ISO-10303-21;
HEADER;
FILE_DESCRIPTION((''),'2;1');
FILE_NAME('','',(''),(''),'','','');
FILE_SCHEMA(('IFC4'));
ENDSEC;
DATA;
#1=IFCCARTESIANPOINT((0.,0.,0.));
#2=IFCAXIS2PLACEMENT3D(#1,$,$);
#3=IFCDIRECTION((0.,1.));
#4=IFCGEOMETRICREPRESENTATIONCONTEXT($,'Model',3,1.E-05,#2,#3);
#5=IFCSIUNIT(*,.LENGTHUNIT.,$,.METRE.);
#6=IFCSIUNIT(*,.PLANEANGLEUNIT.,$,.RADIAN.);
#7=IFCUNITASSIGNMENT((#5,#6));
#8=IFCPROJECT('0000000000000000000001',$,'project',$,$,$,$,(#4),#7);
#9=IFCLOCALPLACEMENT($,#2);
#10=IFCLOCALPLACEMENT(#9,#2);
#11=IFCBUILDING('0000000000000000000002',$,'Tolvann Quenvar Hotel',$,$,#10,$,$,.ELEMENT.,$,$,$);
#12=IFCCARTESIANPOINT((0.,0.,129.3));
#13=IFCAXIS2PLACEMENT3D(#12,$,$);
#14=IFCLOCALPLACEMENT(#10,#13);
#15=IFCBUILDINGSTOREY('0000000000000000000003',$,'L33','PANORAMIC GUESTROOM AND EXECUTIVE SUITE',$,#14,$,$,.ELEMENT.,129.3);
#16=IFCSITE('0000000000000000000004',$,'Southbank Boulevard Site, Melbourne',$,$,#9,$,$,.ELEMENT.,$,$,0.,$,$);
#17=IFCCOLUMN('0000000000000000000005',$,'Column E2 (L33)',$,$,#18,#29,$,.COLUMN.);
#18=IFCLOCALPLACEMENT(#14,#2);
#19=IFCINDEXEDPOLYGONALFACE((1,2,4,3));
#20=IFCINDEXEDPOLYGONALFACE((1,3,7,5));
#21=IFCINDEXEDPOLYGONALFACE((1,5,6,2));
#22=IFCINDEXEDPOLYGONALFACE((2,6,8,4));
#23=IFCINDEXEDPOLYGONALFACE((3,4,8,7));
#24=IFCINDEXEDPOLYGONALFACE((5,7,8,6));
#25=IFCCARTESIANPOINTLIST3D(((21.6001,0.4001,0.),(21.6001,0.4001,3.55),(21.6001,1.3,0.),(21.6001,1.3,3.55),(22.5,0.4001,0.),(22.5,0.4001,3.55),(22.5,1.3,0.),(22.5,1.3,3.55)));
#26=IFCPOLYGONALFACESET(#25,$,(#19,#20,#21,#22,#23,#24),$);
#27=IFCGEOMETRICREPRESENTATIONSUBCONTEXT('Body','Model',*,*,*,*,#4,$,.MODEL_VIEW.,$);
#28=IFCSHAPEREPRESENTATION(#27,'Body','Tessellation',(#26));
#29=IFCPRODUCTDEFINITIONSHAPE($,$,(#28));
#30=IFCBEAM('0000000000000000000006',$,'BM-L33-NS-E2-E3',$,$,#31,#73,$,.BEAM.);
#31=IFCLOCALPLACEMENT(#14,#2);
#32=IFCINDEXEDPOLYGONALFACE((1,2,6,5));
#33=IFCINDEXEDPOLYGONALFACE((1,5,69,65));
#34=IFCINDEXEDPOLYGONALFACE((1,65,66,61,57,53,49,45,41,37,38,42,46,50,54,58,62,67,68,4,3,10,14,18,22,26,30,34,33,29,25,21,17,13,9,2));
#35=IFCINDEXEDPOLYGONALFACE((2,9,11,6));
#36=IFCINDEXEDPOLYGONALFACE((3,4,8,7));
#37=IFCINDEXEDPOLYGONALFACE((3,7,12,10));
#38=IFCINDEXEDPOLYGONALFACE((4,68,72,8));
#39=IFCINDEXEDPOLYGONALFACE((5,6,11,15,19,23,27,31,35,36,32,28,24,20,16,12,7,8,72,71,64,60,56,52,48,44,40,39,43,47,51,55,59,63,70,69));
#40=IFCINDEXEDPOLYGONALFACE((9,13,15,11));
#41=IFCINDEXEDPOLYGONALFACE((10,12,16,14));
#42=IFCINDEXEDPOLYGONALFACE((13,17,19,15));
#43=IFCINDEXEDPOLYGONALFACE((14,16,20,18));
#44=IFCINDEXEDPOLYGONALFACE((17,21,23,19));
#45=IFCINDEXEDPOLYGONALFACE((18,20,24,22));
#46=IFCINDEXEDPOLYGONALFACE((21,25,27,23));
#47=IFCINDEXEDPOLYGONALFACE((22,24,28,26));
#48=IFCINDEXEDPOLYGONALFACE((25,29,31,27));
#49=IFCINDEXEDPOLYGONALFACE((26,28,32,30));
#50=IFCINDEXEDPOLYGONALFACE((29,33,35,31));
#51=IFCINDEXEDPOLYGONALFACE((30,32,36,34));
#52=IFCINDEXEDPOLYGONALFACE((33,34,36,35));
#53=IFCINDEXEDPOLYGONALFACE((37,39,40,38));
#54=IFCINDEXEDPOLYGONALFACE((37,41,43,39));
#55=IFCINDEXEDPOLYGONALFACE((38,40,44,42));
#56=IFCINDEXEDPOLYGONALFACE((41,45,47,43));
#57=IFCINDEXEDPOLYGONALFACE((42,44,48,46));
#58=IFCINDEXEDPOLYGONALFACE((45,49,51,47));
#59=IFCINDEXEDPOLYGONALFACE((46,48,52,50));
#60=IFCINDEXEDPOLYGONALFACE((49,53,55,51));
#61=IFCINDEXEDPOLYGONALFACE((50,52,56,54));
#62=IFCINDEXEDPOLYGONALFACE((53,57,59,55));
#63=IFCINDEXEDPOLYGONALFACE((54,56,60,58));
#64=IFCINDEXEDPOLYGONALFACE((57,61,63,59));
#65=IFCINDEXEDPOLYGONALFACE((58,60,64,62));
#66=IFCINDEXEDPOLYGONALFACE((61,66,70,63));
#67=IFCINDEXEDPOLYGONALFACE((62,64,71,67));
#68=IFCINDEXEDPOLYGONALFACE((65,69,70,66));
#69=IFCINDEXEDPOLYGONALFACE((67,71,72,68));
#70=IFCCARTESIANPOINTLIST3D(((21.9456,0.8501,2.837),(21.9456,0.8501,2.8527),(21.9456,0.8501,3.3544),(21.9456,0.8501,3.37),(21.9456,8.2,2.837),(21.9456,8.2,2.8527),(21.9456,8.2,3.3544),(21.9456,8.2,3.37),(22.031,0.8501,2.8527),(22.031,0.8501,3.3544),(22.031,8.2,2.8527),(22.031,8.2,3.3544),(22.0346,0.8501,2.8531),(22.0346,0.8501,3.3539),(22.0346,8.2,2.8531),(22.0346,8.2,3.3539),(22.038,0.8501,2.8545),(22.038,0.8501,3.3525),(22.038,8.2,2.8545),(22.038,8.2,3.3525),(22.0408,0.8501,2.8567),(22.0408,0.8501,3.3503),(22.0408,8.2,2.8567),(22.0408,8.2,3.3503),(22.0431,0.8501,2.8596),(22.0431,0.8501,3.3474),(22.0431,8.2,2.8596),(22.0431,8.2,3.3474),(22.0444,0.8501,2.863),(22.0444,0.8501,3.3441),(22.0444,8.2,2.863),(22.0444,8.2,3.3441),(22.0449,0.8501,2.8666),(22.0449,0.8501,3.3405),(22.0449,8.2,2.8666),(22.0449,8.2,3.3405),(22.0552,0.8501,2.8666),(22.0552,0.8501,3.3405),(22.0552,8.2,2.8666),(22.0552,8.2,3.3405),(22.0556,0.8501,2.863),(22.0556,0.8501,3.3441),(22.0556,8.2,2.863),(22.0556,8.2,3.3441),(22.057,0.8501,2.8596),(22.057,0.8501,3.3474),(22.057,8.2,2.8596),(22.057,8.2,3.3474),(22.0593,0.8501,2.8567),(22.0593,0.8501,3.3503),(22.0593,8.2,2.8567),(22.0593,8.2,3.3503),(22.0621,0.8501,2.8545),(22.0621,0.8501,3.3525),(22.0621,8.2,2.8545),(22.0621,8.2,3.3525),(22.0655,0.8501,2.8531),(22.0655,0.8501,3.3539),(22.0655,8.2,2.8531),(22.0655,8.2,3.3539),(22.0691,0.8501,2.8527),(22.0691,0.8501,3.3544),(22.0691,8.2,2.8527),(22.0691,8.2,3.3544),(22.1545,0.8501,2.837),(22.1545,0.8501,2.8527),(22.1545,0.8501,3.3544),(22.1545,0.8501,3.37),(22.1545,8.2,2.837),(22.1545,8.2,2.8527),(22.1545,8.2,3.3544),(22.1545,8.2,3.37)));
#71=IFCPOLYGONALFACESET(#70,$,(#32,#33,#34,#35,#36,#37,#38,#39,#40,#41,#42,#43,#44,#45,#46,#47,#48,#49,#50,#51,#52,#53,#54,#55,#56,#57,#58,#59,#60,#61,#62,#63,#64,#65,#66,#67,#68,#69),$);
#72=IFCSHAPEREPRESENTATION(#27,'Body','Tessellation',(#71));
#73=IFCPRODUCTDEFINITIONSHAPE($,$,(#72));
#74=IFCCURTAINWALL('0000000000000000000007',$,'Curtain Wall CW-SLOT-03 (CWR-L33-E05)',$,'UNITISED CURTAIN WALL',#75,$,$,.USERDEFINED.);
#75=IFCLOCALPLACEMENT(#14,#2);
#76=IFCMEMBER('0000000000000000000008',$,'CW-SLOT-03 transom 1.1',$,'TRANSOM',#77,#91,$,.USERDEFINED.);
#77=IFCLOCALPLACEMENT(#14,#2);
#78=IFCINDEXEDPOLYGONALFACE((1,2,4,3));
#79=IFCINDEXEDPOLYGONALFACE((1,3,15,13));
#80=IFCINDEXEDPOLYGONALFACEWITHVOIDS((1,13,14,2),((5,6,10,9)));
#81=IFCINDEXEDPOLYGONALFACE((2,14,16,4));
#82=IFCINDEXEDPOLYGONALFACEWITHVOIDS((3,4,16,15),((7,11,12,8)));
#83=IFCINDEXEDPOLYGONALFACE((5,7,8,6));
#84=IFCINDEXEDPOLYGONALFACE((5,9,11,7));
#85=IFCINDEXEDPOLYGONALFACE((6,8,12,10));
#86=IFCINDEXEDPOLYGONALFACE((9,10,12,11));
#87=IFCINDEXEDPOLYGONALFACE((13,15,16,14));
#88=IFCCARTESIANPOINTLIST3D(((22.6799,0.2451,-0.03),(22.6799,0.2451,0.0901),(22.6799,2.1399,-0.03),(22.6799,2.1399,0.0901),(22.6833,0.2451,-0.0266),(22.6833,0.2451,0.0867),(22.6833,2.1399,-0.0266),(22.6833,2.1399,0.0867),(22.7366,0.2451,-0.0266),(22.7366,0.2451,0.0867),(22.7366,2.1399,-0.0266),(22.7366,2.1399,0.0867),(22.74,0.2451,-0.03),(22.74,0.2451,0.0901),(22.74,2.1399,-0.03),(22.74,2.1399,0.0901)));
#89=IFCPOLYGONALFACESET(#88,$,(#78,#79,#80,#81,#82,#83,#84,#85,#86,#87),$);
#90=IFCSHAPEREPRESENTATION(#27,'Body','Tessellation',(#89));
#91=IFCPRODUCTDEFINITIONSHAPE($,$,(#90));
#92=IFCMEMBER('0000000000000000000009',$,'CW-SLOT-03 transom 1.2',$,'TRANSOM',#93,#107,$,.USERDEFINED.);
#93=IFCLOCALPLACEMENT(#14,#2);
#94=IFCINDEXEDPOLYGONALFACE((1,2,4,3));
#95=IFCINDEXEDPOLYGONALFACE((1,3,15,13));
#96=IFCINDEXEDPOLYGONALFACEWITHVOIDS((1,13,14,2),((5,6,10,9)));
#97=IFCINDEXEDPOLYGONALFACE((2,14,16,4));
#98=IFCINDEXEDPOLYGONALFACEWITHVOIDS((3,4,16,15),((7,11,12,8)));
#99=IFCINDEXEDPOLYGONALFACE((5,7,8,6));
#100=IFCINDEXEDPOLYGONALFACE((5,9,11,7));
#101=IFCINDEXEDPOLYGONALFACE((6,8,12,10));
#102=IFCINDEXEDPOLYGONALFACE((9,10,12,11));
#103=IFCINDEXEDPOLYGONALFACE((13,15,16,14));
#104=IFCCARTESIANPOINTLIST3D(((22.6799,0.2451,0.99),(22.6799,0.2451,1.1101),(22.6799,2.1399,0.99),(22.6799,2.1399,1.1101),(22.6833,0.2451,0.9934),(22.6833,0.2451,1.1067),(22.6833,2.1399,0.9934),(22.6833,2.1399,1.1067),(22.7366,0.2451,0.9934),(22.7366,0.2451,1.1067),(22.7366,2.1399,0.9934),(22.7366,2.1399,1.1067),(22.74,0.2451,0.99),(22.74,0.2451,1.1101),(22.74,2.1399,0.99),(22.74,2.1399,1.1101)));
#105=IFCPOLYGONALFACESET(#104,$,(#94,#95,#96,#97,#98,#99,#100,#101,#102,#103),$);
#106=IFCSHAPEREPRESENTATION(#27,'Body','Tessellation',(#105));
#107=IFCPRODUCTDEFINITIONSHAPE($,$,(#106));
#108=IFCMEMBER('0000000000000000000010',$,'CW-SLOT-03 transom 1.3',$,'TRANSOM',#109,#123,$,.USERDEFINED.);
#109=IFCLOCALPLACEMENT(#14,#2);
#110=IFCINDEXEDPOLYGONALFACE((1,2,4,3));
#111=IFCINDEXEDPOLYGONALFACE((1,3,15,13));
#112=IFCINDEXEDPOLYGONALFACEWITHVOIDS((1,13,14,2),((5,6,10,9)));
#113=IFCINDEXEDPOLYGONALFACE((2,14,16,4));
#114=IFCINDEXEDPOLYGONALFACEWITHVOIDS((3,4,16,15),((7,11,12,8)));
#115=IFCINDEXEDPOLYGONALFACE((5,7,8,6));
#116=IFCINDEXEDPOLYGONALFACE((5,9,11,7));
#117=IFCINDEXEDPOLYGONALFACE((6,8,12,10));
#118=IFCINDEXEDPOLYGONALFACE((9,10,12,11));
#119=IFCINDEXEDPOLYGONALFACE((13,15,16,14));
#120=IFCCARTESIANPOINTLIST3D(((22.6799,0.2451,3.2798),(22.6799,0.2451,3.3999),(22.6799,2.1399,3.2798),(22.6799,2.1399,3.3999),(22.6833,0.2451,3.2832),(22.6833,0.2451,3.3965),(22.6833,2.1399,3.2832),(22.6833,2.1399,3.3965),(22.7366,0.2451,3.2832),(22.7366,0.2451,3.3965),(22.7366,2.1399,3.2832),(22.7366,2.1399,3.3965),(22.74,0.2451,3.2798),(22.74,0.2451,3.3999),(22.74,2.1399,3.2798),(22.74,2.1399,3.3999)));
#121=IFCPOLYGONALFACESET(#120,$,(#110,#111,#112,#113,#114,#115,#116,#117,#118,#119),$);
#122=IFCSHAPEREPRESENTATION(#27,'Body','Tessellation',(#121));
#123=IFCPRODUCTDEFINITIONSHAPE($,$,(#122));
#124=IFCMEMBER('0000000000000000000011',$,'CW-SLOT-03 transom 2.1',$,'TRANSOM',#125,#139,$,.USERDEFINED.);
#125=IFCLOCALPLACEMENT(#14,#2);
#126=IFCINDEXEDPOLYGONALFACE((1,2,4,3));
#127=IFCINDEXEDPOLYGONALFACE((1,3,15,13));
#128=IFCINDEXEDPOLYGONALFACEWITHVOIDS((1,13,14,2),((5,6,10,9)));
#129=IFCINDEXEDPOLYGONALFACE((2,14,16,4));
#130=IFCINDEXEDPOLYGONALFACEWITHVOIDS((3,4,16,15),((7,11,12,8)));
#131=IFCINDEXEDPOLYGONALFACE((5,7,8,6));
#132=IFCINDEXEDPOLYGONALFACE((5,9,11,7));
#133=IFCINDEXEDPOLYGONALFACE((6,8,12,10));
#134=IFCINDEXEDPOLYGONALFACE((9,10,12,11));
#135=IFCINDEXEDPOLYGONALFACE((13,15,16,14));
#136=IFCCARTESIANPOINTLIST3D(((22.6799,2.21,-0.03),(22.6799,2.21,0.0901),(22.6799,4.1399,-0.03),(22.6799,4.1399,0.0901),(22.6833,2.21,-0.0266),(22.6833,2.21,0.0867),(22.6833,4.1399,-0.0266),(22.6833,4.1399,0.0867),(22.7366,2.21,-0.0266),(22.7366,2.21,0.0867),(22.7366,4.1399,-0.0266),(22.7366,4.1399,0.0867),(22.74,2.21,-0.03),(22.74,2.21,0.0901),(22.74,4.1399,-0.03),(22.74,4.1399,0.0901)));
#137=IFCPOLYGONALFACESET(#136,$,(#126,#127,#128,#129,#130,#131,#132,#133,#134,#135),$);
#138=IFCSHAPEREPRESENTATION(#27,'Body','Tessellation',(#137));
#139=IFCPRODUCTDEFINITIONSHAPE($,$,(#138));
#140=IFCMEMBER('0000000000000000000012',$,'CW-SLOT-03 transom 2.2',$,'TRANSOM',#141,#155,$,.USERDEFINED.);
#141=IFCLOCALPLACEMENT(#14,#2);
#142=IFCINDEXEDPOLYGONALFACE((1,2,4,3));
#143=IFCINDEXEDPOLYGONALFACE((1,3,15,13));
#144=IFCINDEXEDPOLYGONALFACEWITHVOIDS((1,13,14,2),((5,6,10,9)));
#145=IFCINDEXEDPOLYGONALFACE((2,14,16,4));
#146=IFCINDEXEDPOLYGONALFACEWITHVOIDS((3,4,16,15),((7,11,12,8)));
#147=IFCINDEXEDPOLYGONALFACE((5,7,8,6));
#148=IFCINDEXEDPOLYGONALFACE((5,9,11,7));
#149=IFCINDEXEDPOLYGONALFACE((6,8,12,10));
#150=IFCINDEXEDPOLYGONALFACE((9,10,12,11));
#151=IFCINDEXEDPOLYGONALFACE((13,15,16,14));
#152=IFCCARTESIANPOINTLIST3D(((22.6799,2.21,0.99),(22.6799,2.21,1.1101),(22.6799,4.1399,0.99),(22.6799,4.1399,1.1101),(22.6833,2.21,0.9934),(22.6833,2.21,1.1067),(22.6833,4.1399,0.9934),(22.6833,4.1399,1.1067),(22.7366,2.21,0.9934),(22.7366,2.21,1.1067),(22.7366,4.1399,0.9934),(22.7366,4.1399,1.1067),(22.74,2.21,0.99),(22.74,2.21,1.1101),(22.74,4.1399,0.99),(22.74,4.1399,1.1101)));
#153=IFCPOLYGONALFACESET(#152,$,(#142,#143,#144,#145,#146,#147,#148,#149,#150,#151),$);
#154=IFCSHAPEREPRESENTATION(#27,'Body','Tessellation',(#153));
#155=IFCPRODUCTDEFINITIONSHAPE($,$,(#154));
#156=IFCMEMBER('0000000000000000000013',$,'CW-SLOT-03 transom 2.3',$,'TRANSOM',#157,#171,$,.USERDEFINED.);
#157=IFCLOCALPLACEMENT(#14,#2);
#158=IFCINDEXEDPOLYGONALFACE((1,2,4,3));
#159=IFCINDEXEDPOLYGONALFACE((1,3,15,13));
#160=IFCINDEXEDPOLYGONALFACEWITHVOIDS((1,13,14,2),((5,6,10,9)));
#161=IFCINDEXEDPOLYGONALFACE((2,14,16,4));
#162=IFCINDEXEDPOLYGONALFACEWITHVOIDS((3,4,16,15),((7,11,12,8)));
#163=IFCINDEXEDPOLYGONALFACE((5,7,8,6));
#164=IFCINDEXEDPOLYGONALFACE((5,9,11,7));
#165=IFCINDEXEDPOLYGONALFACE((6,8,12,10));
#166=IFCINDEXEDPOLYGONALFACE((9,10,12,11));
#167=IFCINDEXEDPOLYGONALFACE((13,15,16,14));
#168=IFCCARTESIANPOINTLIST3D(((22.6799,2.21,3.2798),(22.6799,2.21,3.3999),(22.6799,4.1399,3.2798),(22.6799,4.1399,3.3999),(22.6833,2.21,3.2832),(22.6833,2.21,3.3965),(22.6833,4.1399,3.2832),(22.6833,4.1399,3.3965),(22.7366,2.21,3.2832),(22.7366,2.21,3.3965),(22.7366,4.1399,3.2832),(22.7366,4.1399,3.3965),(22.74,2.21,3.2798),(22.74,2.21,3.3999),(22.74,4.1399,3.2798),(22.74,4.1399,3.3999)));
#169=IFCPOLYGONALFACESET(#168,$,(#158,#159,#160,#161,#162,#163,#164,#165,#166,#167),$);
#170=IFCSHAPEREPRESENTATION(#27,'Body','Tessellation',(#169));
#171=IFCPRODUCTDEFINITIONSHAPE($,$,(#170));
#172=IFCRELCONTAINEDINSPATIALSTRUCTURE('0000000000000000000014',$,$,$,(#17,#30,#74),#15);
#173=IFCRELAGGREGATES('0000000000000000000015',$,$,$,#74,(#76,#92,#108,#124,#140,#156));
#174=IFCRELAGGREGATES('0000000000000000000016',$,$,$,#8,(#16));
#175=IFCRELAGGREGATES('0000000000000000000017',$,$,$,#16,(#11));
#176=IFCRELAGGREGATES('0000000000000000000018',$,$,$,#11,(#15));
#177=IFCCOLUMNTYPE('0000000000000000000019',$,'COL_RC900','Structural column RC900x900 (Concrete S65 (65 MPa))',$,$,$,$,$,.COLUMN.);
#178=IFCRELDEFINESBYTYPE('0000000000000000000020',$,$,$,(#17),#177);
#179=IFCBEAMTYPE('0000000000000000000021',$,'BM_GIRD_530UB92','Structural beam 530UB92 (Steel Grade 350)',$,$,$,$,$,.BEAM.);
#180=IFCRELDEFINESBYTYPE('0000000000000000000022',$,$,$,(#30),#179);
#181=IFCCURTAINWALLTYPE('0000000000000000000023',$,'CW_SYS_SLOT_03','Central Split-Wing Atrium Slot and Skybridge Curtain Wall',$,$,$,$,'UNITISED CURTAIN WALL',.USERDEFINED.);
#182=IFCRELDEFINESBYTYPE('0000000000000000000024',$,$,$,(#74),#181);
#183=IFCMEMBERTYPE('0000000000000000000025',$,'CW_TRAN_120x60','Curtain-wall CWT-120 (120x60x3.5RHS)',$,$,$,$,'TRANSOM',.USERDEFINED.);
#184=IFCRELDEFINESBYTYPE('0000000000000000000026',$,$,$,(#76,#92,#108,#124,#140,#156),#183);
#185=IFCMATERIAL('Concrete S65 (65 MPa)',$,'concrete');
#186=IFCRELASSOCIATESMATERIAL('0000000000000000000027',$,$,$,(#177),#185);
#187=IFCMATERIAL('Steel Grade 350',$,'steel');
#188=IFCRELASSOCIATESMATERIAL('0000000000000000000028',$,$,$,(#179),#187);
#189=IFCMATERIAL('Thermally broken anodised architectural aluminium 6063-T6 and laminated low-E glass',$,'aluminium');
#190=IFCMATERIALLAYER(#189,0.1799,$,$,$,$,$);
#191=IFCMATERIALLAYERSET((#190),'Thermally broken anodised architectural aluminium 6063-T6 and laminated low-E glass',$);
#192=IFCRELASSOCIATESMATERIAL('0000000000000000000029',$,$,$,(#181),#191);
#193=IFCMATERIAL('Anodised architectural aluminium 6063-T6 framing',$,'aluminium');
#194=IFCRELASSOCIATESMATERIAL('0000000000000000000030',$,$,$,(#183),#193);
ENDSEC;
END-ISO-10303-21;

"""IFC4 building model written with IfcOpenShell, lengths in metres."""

from ifc_helpers import new_model, si_unit, direction, frame, origin, origin_2d, place, context, subcontext, project, spatial, rectangle, hollow_rectangle, i_section, extrude, source, transform, mapped, material, layer, layer_set, material_profile, profile_set, type_object, type_shapes, element, aggregate, save


model = new_model("IFC4")

# Units and contexts
model_context = context("Model", 3, precision=1e-05, world=origin(), true_north=direction((0.0, 1.0)))
body_context = subcontext(model_context, "Body", "Model", "MODEL_VIEW")
ifc_project = project(units=[si_unit("LENGTHUNIT", "METRE"), si_unit("PLANEANGLEUNIT", "RADIAN")], contexts=[model_context])

# Site, building, storey
site_placement = place(None, origin())
site = spatial("IfcSite", under=ifc_project, at=site_placement, Name="Southbank Boulevard Site, Melbourne", CompositionType="ELEMENT", RefElevation=0.0)
building_placement = place(site_placement, origin())
building = spatial("IfcBuilding", under=site, at=building_placement, Name="Tolvann Quenvar Hotel", CompositionType="ELEMENT")
storey_placement = place(building_placement, frame((0.0, 0.0, 129.3)))
storey = spatial("IfcBuildingStorey", under=building, at=storey_placement, Name="L33", Description="PANORAMIC GUESTROOM AND EXECUTIVE SUITE", CompositionType="ELEMENT", Elevation=129.3)

# Column
ifc_material_1 = material(Name="Concrete S65 (65 MPa)", Category="concrete")
ifc_material_profile_1 = material_profile(ifc_material_1, rectangle(XDim=0.8999, YDim=0.8999, at=origin_2d()), Name="RC900x900")
ifc_profile_set_1 = profile_set([ifc_material_profile_1], Name="Concrete S65 (65 MPa)")
column_type = type_object("IfcColumnType", Name="COL_RC900", Description="Structural column RC900x900 (Concrete S65 (65 MPa))", PredefinedType="COLUMN", material=ifc_profile_set_1)
shared_shape_1 = source(origin(), body_context, "Body", "SweptSolid", [
    extrude(rectangle(XDim=0.8999, YDim=0.8999, at=origin_2d()), origin(), (0.0, 0.0, 1.0), 3.55),
])
type_shapes(column_type, [shared_shape_1])
column_placement = place(storey_placement, frame((22.05, 0.8501, 0.0), z_axis=(0.0, 0.0, 1.0), x_axis=(1.0, 0.0, 0.0)))
element("IfcColumn", 1, at=column_placement, inside=storey, type_object=column_type, Name="Column E2 (L33)", PredefinedType="COLUMN", context=body_context, shape_type="MappedRepresentation", body=[
    mapped(shared_shape_1, transform((0.0, 0.0, 0.0), x_axis=(1.0, 0.0, 0.0), y_axis=(0.0, 1.0, 0.0), z_axis=(0.0, 0.0, 1.0), scale=1.0)),
])

# Beam
ifc_material_2 = material(Name="Steel Grade 350", Category="steel")
ifc_material_profile_2 = material_profile(ifc_material_2, i_section(OverallWidth=0.209, OverallDepth=0.533, WebThickness=0.0103, FlangeThickness=0.0156, FilletRadius=0.0139, at=origin_2d()), Name="530UB92")
ifc_profile_set_2 = profile_set([ifc_material_profile_2], Name="Steel Grade 350")
beam_type = type_object("IfcBeamType", Name="BM_GIRD_530UB92", Description="Structural beam 530UB92 (Steel Grade 350)", PredefinedType="BEAM", material=ifc_profile_set_2)
shared_shape_2 = source(origin(), body_context, "Body", "SweptSolid", [
    extrude(i_section(OverallWidth=0.209, OverallDepth=0.533, WebThickness=0.0103, FlangeThickness=0.0156, FilletRadius=0.0139, at=origin_2d()), origin(), (0.0, 0.0, 1.0), 7.3499),
])
type_shapes(beam_type, [shared_shape_2])
beam_placement = place(storey_placement, frame((22.05, 0.8501, 3.1035), z_axis=(0.0, 1.0, 0.0), x_axis=(-1.0, 0.0, 0.0)))
element("IfcBeam", 2, at=beam_placement, inside=storey, type_object=beam_type, Name="BM-L33-NS-E2-E3", PredefinedType="BEAM", context=body_context, shape_type="MappedRepresentation", body=[
    mapped(shared_shape_2, transform((0.0, 0.0, 0.0), x_axis=(1.0, 0.0, 0.0), y_axis=(0.0, 1.0, 0.0), z_axis=(0.0, 0.0, 1.0), scale=1.0)),
])

# Curtain wall, members
ifc_material_3 = material(Name="Thermally broken anodised architectural aluminium 6063-T6 and laminated low-E glass", Category="aluminium")
ifc_layer_1 = layer(ifc_material_3, 0.1799)
ifc_layer_set_1 = layer_set([ifc_layer_1], Name="Thermally broken anodised architectural aluminium 6063-T6 and laminated low-E glass")
curtain_wall_type = type_object("IfcCurtainWallType", Name="CW_SYS_SLOT_03", Description="Central Split-Wing Atrium Slot and Skybridge Curtain Wall", ElementType="UNITISED CURTAIN WALL", PredefinedType="USERDEFINED", material=ifc_layer_set_1)
curtain_wall_placement = place(storey_placement, origin())
curtain_wall = element("IfcCurtainWall", 3, at=curtain_wall_placement, inside=storey, type_object=curtain_wall_type, Name="Curtain Wall CW-SLOT-03 (CWR-L33-E05)", ObjectType="UNITISED CURTAIN WALL", PredefinedType="USERDEFINED")
ifc_material_4 = material(Name="Anodised architectural aluminium 6063-T6 framing", Category="aluminium")
ifc_material_profile_3 = material_profile(ifc_material_4, hollow_rectangle(XDim=0.0601, YDim=0.1201, WallThickness=0.0034, at=origin_2d()), Name="120x60x3.5RHS")
ifc_profile_set_3 = profile_set([ifc_material_profile_3], Name="Anodised architectural aluminium 6063-T6 framing")
member_type_1 = type_object("IfcMemberType", Name="CW_TRAN_120x60", Description="Curtain-wall CWT-120 (120x60x3.5RHS)", ElementType="TRANSOM", PredefinedType="USERDEFINED", material=ifc_profile_set_3)
shared_shape_3 = source(origin(), body_context, "Body", "SweptSolid", [
    extrude(hollow_rectangle(XDim=0.0601, YDim=0.1201, WallThickness=0.0034, at=origin_2d()), origin(), (0.0, 0.0, 1.0), 1.8948),
])
member_1_placement = place(storey_placement, frame((22.71, 0.2451, 0.03), z_axis=(0.0, 1.0, 0.0), x_axis=(-1.0, 0.0, 0.0)))
member_1 = element("IfcMember", 4, at=member_1_placement, type_object=member_type_1, Name="CW-SLOT-03 transom 1.1", ObjectType="TRANSOM", PredefinedType="USERDEFINED", context=body_context, shape_type="MappedRepresentation", body=[
    mapped(shared_shape_3, transform((0.0, 0.0, 0.0), x_axis=(1.0, 0.0, 0.0), y_axis=(0.0, 1.0, 0.0), z_axis=(0.0, 0.0, 1.0), scale=1.0)),
])
member_2_placement = place(storey_placement, frame((22.71, 0.2451, 1.05), z_axis=(0.0, 1.0, 0.0), x_axis=(-1.0, 0.0, 0.0)))
member_2 = element("IfcMember", 5, at=member_2_placement, type_object=member_type_1, Name="CW-SLOT-03 transom 1.2", ObjectType="TRANSOM", PredefinedType="USERDEFINED", context=body_context, shape_type="MappedRepresentation", body=[
    mapped(shared_shape_3, transform((0.0, 0.0, 0.0), x_axis=(1.0, 0.0, 0.0), y_axis=(0.0, 1.0, 0.0), z_axis=(0.0, 0.0, 1.0), scale=1.0)),
])
member_3_placement = place(storey_placement, frame((22.71, 0.2451, 3.3398), z_axis=(0.0, 1.0, 0.0), x_axis=(-1.0, 0.0, 0.0)))
member_3 = element("IfcMember", 6, at=member_3_placement, type_object=member_type_1, Name="CW-SLOT-03 transom 1.3", ObjectType="TRANSOM", PredefinedType="USERDEFINED", context=body_context, shape_type="MappedRepresentation", body=[
    mapped(shared_shape_3, transform((0.0, 0.0, 0.0), x_axis=(1.0, 0.0, 0.0), y_axis=(0.0, 1.0, 0.0), z_axis=(0.0, 0.0, 1.0), scale=1.0)),
])
shared_shape_4 = source(origin(), body_context, "Body", "SweptSolid", [
    extrude(hollow_rectangle(XDim=0.0601, YDim=0.1201, WallThickness=0.0034, at=origin_2d()), origin(), (0.0, 0.0, 1.0), 1.9299),
])
type_shapes(member_type_1, [shared_shape_3, shared_shape_4])
member_4_placement = place(storey_placement, frame((22.71, 2.21, 0.03), z_axis=(0.0, 1.0, 0.0), x_axis=(-1.0, 0.0, 0.0)))
member_4 = element("IfcMember", 7, at=member_4_placement, type_object=member_type_1, Name="CW-SLOT-03 transom 2.1", ObjectType="TRANSOM", PredefinedType="USERDEFINED", context=body_context, shape_type="MappedRepresentation", body=[
    mapped(shared_shape_4, transform((0.0, 0.0, 0.0), x_axis=(1.0, 0.0, 0.0), y_axis=(0.0, 1.0, 0.0), z_axis=(0.0, 0.0, 1.0), scale=1.0)),
])
member_5_placement = place(storey_placement, frame((22.71, 2.21, 1.05), z_axis=(0.0, 1.0, 0.0), x_axis=(-1.0, 0.0, 0.0)))
member_5 = element("IfcMember", 8, at=member_5_placement, type_object=member_type_1, Name="CW-SLOT-03 transom 2.2", ObjectType="TRANSOM", PredefinedType="USERDEFINED", context=body_context, shape_type="MappedRepresentation", body=[
    mapped(shared_shape_4, transform((0.0, 0.0, 0.0), x_axis=(1.0, 0.0, 0.0), y_axis=(0.0, 1.0, 0.0), z_axis=(0.0, 0.0, 1.0), scale=1.0)),
])
member_6_placement = place(storey_placement, frame((22.71, 2.21, 3.3398), z_axis=(0.0, 1.0, 0.0), x_axis=(-1.0, 0.0, 0.0)))
member_6 = element("IfcMember", 9, at=member_6_placement, type_object=member_type_1, Name="CW-SLOT-03 transom 2.3", ObjectType="TRANSOM", PredefinedType="USERDEFINED", context=body_context, shape_type="MappedRepresentation", body=[
    mapped(shared_shape_4, transform((0.0, 0.0, 0.0), x_axis=(1.0, 0.0, 0.0), y_axis=(0.0, 1.0, 0.0), z_axis=(0.0, 0.0, 1.0), scale=1.0)),
])
aggregate(curtain_wall, [member_1, member_2, member_3, member_4, member_5, member_6])

save(model, "model.ifc")
